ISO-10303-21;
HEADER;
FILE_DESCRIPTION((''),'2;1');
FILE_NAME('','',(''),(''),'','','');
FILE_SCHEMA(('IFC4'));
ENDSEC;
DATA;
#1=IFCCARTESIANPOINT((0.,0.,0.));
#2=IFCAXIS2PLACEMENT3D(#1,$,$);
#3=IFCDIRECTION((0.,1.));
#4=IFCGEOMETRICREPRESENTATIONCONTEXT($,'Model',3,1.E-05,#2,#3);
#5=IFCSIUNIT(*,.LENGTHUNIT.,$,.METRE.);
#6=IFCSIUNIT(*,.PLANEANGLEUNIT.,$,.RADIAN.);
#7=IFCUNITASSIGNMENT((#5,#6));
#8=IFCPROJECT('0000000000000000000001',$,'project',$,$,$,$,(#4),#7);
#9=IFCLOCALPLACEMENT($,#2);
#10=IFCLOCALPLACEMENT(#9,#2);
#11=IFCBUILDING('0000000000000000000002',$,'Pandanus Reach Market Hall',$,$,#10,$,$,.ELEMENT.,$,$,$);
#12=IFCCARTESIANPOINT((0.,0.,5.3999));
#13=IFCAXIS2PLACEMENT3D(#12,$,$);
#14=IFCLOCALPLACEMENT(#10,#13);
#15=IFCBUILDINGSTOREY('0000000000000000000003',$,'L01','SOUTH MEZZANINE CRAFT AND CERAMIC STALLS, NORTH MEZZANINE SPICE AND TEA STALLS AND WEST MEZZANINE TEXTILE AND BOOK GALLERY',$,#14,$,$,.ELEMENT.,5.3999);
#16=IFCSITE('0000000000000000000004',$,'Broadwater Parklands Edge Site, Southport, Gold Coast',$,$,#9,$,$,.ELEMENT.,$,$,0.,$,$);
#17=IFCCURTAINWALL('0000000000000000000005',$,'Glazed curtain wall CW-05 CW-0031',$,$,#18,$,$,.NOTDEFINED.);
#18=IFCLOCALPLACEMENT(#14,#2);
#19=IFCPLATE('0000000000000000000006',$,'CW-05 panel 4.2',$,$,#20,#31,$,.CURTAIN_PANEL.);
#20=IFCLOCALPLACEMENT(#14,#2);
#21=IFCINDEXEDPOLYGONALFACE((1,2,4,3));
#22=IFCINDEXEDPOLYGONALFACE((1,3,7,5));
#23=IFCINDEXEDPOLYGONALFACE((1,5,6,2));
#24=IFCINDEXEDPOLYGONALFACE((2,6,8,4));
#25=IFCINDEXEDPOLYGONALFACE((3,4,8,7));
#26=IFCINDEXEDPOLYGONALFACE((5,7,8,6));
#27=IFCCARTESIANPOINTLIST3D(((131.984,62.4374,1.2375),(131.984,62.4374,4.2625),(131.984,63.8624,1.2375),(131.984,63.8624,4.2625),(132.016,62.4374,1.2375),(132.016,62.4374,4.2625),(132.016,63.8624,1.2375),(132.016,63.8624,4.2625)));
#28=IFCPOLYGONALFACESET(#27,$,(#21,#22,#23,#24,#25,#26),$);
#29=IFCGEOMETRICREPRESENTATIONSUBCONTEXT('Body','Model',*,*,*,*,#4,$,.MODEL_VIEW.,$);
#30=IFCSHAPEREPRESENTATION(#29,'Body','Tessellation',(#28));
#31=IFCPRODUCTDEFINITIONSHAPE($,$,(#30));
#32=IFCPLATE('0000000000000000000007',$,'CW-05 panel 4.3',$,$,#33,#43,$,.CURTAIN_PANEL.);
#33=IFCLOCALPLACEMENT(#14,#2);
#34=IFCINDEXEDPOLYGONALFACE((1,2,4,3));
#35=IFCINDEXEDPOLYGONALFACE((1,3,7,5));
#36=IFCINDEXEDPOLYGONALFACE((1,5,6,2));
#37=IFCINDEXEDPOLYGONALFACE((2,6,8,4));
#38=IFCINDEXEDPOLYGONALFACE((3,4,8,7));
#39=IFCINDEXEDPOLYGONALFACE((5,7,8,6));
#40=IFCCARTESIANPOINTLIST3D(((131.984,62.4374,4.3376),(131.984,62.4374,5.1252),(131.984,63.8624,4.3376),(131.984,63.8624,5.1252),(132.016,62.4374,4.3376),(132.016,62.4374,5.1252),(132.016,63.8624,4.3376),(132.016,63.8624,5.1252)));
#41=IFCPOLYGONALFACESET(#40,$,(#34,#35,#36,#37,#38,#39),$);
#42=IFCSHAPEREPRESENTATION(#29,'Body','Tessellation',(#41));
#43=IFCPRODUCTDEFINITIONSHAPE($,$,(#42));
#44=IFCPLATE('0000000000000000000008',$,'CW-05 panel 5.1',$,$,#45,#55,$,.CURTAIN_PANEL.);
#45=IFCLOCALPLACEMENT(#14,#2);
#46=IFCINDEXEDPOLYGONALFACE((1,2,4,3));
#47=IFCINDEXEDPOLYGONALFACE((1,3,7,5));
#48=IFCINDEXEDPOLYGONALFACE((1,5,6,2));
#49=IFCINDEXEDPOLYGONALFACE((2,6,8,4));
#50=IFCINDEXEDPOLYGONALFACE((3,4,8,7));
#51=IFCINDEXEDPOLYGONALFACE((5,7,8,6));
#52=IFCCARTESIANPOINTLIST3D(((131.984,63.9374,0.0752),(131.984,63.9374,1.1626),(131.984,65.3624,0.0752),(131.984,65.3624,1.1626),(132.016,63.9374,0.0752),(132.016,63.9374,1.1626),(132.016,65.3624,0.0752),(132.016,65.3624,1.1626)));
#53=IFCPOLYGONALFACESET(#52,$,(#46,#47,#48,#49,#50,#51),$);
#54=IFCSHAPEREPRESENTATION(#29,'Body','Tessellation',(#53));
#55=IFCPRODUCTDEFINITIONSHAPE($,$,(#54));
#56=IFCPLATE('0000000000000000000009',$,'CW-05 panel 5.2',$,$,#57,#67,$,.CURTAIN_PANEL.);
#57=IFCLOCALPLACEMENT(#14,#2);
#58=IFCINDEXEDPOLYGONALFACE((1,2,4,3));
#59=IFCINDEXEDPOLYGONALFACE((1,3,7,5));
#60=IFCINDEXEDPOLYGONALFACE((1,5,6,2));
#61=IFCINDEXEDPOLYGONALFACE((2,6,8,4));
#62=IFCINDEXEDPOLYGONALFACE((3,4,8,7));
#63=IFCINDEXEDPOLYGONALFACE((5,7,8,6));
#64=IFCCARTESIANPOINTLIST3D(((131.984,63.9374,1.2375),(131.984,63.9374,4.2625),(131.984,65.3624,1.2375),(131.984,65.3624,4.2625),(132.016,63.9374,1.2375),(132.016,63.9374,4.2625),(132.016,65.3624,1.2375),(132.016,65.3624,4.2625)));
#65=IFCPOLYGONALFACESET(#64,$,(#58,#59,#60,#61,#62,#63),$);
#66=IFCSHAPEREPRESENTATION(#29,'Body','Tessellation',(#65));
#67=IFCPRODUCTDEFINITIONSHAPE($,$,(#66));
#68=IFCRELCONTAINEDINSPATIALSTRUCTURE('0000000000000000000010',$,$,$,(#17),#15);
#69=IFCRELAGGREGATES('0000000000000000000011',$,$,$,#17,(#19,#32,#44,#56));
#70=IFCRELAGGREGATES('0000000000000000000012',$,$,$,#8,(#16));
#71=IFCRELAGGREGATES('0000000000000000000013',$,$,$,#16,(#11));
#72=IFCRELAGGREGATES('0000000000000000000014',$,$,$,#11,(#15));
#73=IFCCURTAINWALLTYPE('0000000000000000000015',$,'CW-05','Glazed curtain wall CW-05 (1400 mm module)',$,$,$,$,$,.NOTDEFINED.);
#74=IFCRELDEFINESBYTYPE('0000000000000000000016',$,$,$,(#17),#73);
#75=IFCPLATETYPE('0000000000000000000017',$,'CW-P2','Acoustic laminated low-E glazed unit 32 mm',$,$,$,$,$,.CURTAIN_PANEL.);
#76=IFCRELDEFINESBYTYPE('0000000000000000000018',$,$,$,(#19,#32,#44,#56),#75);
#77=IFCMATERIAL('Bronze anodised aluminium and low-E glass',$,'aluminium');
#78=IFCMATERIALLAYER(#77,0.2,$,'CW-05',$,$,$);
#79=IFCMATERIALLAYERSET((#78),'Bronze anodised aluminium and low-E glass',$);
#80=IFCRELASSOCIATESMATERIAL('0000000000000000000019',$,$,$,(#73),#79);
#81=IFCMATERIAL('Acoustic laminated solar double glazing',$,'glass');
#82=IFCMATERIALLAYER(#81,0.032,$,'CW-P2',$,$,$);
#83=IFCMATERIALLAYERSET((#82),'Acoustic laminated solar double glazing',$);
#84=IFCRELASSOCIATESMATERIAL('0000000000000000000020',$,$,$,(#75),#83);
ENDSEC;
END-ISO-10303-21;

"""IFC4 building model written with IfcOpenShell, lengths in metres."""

from ifc_helpers import new_model, si_unit, direction, frame, origin, origin_2d, place, context, subcontext, project, spatial, rectangle, extrude, material, layer, layer_set, type_object, element, aggregate, save


model = new_model("IFC4")

# Units and contexts
model_context = context("Model", 3, precision=1e-05, world=origin(), true_north=direction((0.0, 1.0)))
body_context = subcontext(model_context, "Body", "Model", "MODEL_VIEW")
ifc_project = project(units=[si_unit("LENGTHUNIT", "METRE"), si_unit("PLANEANGLEUNIT", "RADIAN")], contexts=[model_context])

# Site, building, storey
site_placement = place(None, origin())
site = spatial("IfcSite", under=ifc_project, at=site_placement, Name="Broadwater Parklands Edge Site, Southport, Gold Coast", CompositionType="ELEMENT", RefElevation=0.0)
building_placement = place(site_placement, origin())
building = spatial("IfcBuilding", under=site, at=building_placement, Name="Pandanus Reach Market Hall", CompositionType="ELEMENT")
storey_placement = place(building_placement, frame((0.0, 0.0, 5.3999)))
storey = spatial("IfcBuildingStorey", under=building, at=storey_placement, Name="L01", Description="SOUTH MEZZANINE CRAFT AND CERAMIC STALLS, NORTH MEZZANINE SPICE AND TEA STALLS AND WEST MEZZANINE TEXTILE AND BOOK GALLERY", CompositionType="ELEMENT", Elevation=5.3999)

# Curtain wall, plates
ifc_material_1 = material(Name="Bronze anodised aluminium and low-E glass", Category="aluminium")
ifc_layer_1 = layer(ifc_material_1, 0.2, Name="CW-05")
ifc_layer_set_1 = layer_set([ifc_layer_1], Name="Bronze anodised aluminium and low-E glass")
curtain_wall_type = type_object("IfcCurtainWallType", Name="CW-05", Description="Glazed curtain wall CW-05 (1400 mm module)", PredefinedType="NOTDEFINED", material=ifc_layer_set_1)
curtain_wall_placement = place(storey_placement, origin())
curtain_wall = element("IfcCurtainWall", 1, at=curtain_wall_placement, inside=storey, type_object=curtain_wall_type, Name="Glazed curtain wall CW-05 CW-0031", PredefinedType="NOTDEFINED")
ifc_material_2 = material(Name="Acoustic laminated solar double glazing", Category="glass")
ifc_layer_2 = layer(ifc_material_2, 0.032, Name="CW-P2")
ifc_layer_set_2 = layer_set([ifc_layer_2], Name="Acoustic laminated solar double glazing")
plate_type = type_object("IfcPlateType", Name="CW-P2", Description="Acoustic laminated low-E glazed unit 32 mm", PredefinedType="CURTAIN_PANEL", material=ifc_layer_set_2)
plate_1_placement = place(storey_placement, frame((132.0, 63.1499, 1.2375), z_axis=(0.0, 0.0, 1.0), x_axis=(0.0, 1.0, 0.0)))
plate_1 = element("IfcPlate", 2, at=plate_1_placement, type_object=plate_type, Name="CW-05 panel 4.2", PredefinedType="CURTAIN_PANEL", context=body_context, shape_type="SweptSolid", body=[
    extrude(rectangle(XDim=1.425, YDim=0.032, at=origin_2d()), origin(), (0.0, 0.0, 1.0), 3.0249),
])
plate_2_placement = place(storey_placement, frame((132.0, 63.1499, 4.3376), z_axis=(0.0, 0.0, 1.0), x_axis=(0.0, 1.0, 0.0)))
plate_2 = element("IfcPlate", 3, at=plate_2_placement, type_object=plate_type, Name="CW-05 panel 4.3", PredefinedType="CURTAIN_PANEL", context=body_context, shape_type="SweptSolid", body=[
    extrude(rectangle(XDim=1.425, YDim=0.032, at=origin_2d()), origin(), (0.0, 0.0, 1.0), 0.7876),
])
plate_3_placement = place(storey_placement, frame((132.0, 64.6499, 0.0752), z_axis=(0.0, 0.0, 1.0), x_axis=(0.0, 1.0, 0.0)))
plate_3 = element("IfcPlate", 4, at=plate_3_placement, type_object=plate_type, Name="CW-05 panel 5.1", PredefinedType="CURTAIN_PANEL", context=body_context, shape_type="SweptSolid", body=[
    extrude(rectangle(XDim=1.425, YDim=0.032, at=origin_2d()), origin(), (0.0, 0.0, 1.0), 1.0874),
])
plate_4_placement = place(storey_placement, frame((132.0, 64.6499, 1.2375), z_axis=(0.0, 0.0, 1.0), x_axis=(0.0, 1.0, 0.0)))
plate_4 = element("IfcPlate", 5, at=plate_4_placement, type_object=plate_type, Name="CW-05 panel 5.2", PredefinedType="CURTAIN_PANEL", context=body_context, shape_type="SweptSolid", body=[
    extrude(rectangle(XDim=1.425, YDim=0.032, at=origin_2d()), origin(), (0.0, 0.0, 1.0), 3.0249),
])
aggregate(curtain_wall, [plate_1, plate_2, plate_3, plate_4])

save(model, "model.ifc")
